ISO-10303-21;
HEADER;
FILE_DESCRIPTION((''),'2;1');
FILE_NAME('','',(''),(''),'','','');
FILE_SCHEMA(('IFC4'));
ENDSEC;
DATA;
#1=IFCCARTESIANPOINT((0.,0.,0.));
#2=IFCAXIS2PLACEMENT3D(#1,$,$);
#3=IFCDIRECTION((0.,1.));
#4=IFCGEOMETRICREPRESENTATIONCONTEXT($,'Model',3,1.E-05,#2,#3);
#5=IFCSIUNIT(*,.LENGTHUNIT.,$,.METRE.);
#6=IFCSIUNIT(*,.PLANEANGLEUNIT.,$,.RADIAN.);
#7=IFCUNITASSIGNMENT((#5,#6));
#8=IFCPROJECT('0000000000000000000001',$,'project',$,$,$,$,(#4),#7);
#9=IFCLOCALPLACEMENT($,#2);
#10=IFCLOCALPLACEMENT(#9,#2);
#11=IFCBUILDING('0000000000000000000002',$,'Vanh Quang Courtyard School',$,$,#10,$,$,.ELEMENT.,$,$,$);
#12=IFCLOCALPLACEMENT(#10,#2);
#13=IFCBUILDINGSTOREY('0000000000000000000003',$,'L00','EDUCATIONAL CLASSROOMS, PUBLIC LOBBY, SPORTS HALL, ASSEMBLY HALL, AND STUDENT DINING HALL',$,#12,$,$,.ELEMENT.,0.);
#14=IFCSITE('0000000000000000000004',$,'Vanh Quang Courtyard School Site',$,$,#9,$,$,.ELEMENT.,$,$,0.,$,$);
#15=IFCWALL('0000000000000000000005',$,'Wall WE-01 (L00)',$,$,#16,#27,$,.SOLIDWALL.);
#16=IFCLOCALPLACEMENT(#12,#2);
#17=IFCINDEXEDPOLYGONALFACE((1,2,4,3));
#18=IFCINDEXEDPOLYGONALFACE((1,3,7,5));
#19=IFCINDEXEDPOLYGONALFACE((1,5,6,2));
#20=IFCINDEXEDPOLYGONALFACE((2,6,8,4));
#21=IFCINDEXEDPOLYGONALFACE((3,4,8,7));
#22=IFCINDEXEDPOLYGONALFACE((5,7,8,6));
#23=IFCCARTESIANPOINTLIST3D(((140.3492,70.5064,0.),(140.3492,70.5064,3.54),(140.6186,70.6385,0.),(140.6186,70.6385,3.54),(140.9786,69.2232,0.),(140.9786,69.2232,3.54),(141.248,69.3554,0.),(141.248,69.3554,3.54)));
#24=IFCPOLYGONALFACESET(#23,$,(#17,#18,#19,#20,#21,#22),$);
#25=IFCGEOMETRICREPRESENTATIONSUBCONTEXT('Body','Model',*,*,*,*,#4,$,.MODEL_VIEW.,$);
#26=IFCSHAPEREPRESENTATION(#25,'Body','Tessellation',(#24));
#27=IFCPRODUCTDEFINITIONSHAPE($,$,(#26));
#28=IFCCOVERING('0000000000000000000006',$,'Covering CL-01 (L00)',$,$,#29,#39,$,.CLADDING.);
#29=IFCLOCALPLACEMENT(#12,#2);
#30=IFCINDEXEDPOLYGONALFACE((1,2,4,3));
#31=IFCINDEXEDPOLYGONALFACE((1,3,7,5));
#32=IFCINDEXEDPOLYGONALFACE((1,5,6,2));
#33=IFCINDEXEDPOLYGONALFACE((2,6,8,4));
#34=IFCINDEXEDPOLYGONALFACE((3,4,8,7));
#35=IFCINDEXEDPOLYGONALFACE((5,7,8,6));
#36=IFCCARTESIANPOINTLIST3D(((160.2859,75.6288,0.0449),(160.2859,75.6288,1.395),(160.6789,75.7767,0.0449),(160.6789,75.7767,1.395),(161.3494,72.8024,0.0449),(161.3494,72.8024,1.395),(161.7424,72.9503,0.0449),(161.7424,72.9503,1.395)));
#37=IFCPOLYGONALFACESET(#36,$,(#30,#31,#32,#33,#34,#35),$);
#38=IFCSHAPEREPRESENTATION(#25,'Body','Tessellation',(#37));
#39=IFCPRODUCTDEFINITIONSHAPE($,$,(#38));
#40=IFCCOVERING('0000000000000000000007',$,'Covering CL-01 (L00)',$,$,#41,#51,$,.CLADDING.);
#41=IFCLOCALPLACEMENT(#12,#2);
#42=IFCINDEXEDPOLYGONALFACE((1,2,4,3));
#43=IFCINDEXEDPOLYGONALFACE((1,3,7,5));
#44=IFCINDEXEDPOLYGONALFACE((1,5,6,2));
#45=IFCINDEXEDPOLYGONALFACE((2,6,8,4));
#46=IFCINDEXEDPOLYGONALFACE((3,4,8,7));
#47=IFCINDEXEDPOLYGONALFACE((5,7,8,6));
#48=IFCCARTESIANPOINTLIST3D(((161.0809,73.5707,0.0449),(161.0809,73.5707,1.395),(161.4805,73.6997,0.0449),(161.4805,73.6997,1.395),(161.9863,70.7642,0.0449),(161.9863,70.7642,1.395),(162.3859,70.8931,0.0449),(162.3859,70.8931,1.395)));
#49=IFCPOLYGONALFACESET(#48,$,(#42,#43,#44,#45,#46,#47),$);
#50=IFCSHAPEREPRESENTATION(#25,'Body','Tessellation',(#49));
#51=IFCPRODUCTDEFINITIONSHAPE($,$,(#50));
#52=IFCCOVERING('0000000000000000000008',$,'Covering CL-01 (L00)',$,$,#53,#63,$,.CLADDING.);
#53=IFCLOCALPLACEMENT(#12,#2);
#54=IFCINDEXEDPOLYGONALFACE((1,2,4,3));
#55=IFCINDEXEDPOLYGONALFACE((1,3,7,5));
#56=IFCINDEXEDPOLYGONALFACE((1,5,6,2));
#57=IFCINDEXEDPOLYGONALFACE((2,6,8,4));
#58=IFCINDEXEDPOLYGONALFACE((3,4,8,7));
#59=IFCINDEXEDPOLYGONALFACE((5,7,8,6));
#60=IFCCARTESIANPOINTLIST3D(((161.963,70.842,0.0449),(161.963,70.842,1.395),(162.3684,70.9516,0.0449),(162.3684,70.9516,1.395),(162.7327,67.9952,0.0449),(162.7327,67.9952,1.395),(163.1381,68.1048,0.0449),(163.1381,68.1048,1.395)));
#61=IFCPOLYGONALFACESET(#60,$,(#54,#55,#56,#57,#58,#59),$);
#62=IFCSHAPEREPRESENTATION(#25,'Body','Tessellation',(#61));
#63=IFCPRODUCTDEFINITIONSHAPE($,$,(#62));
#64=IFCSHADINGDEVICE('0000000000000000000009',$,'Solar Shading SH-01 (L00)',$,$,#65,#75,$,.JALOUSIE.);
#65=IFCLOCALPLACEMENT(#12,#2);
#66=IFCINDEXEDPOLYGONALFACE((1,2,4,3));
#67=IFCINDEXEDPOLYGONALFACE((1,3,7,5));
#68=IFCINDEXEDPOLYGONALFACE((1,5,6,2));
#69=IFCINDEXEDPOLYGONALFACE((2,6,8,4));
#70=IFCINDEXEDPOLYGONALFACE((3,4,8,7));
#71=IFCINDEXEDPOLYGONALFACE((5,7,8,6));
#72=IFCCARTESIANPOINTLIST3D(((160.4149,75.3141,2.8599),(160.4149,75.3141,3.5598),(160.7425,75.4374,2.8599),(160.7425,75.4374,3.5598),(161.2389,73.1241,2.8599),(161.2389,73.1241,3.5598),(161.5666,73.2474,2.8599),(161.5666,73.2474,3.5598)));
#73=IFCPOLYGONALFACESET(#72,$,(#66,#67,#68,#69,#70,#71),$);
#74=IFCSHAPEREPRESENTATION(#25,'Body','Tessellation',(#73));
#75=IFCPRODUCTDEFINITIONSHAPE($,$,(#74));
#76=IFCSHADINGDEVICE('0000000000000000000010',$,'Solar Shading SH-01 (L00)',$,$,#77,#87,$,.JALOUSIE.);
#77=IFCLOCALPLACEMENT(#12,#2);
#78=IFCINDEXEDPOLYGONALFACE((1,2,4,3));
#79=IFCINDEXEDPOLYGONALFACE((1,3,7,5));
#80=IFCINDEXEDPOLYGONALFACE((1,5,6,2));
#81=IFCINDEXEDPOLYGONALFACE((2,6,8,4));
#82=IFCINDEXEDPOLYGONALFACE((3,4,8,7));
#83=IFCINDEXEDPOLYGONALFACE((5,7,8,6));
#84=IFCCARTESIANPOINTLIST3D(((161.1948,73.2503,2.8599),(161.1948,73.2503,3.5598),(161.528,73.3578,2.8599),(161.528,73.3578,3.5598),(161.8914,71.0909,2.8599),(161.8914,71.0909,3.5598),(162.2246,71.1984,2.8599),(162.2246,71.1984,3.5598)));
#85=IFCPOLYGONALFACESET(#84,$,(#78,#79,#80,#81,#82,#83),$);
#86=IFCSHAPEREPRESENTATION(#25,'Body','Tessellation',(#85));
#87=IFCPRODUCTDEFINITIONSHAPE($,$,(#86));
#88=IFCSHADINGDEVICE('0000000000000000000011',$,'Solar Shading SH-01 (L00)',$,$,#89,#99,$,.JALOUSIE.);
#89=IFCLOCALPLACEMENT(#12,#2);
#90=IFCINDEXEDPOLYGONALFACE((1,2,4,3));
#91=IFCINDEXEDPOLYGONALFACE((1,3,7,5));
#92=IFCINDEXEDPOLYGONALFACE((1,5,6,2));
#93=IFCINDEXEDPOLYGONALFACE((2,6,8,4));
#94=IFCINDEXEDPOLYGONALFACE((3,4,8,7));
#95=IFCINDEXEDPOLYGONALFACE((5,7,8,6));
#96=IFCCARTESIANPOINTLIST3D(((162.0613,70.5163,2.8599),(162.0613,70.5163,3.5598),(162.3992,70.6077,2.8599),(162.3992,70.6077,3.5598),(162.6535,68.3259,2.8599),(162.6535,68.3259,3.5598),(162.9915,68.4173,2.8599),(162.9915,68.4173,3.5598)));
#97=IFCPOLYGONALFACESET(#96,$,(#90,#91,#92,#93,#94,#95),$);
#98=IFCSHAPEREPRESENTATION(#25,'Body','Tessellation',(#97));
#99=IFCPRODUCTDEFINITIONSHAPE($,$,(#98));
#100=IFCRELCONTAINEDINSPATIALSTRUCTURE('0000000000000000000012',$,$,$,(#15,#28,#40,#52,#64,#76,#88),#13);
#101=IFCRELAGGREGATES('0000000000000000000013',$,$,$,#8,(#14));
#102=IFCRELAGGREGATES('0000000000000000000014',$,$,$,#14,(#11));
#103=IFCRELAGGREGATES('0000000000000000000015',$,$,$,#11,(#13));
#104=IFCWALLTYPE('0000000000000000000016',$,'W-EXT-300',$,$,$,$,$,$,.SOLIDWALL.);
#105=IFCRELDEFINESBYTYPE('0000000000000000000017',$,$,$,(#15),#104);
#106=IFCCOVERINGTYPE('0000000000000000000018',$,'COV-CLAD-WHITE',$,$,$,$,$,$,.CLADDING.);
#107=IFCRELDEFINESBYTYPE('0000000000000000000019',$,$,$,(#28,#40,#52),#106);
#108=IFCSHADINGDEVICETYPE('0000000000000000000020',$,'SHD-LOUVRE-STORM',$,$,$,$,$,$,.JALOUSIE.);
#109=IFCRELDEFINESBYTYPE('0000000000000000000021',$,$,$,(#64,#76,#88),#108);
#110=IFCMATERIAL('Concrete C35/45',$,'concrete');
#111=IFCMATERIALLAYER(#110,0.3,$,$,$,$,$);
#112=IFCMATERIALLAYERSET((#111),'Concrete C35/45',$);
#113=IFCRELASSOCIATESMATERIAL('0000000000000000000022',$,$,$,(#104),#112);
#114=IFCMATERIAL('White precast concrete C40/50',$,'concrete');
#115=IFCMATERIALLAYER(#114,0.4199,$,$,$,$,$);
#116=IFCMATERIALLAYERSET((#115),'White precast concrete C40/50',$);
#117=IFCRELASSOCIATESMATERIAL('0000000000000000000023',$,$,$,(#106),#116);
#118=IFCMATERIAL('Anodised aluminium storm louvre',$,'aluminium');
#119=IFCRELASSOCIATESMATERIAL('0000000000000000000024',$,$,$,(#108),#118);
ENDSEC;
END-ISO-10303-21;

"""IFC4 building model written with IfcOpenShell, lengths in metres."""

from ifc_helpers import new_model, si_unit, direction, frame, frame_2d, origin, origin_2d, place, context, subcontext, project, spatial, rectangle, extrude, material, layer, layer_set, type_object, element, save


model = new_model("IFC4")

# Units and contexts
model_context = context("Model", 3, precision=1e-05, world=origin(), true_north=direction((0.0, 1.0)))
body_context = subcontext(model_context, "Body", "Model", "MODEL_VIEW")
ifc_project = project(units=[si_unit("LENGTHUNIT", "METRE"), si_unit("PLANEANGLEUNIT", "RADIAN")], contexts=[model_context])

# Site, building, storey
site_placement = place(None, origin())
site = spatial("IfcSite", under=ifc_project, at=site_placement, Name="Vanh Quang Courtyard School Site", CompositionType="ELEMENT", RefElevation=0.0)
building_placement = place(site_placement, origin())
building = spatial("IfcBuilding", under=site, at=building_placement, Name="Vanh Quang Courtyard School", CompositionType="ELEMENT")
storey_placement = place(building_placement, origin())
storey = spatial("IfcBuildingStorey", under=building, at=storey_placement, Name="L00", Description="EDUCATIONAL CLASSROOMS, PUBLIC LOBBY, SPORTS HALL, ASSEMBLY HALL, AND STUDENT DINING HALL", CompositionType="ELEMENT", Elevation=0.0)

# Shared definitions
ifc_material_1 = material(Name="Concrete C35/45", Category="concrete")

# Wall
ifc_layer_1 = layer(ifc_material_1, 0.3)
ifc_layer_set_1 = layer_set([ifc_layer_1], Name="Concrete C35/45")
wall_type_1 = type_object("IfcWallType", Name="W-EXT-300", PredefinedType="SOLIDWALL", material=ifc_layer_set_1)
wall_1_placement = place(storey_placement, frame((141.1133, 69.2893, 0.0), z_axis=(0.0, 0.0, 1.0), x_axis=(-0.440368, 0.897817, 0.0)))
element("IfcWall", 1, at=wall_1_placement, inside=storey, type_object=wall_type_1, Name="Wall WE-01 (L00)", PredefinedType="SOLIDWALL", context=body_context, shape_type="SweptSolid", body=[
    extrude(rectangle(XDim=1.4292, YDim=0.3, at=frame_2d((0.7146, 0.0))), origin(), (0.0, 0.0, 1.0), 3.54),
])

# Coverings
ifc_material_2 = material(Name="White precast concrete C40/50", Category="concrete")
ifc_layer_2 = layer(ifc_material_2, 0.4199)
ifc_layer_set_2 = layer_set([ifc_layer_2], Name="White precast concrete C40/50")
covering_type = type_object("IfcCoveringType", Name="COV-CLAD-WHITE", PredefinedType="CLADDING", material=ifc_layer_set_2)
covering_placement = place(storey_placement, frame((161.0142, 74.2896, 0.0449), z_axis=(0.0, 0.0, 1.0), x_axis=(0.352168, -0.935937, 0.0)))
element("IfcCovering", 2, at=covering_placement, inside=storey, type_object=covering_type, Name="Covering CL-01 (L00)", PredefinedType="CLADDING", context=body_context, shape_type="SweptSolid", body=[
    extrude(rectangle(XDim=3.0198, YDim=0.4199, at=origin_2d()), origin(), (0.0, 0.0, 1.0), 1.3501),
])
for number, where, z_axis, x_axis, name in (
    (3, (161.7334, 72.2319, 0.0449), (0.0, 0.0, 1.0), (0.307024, -0.951702, 0.0), "Covering CL-01 (L00)"),
    (4, (162.5505, 69.4734, 0.0449), (0.0, 0.0, 1.0), (0.26101, -0.965336, 0.0), "Covering CL-01 (L00)"),
):
    element("IfcCovering", number, at=place(storey_placement, frame(where, z_axis=z_axis, x_axis=x_axis)), inside=storey, type_object=covering_type, Name=name, PredefinedType="CLADDING", context=body_context, shape_type="SweptSolid", body=[
        extrude(rectangle(XDim=2.949, YDim=0.4199, at=origin_2d()), origin(), (0.0, 0.0, 1.0), 1.3501),
    ])

# Shading devices
ifc_material_3 = material(Name="Anodised aluminium storm louvre", Category="aluminium")
shading_device_type = type_object("IfcShadingDeviceType", Name="SHD-LOUVRE-STORM", PredefinedType="JALOUSIE", material=ifc_material_3)
shading_device_placement = place(storey_placement, frame((160.9907, 74.2808, 2.8599), z_axis=(0.0, 0.0, 1.0), x_axis=(0.352168, -0.935937, 0.0)))
element("IfcShadingDevice", 5, at=shading_device_placement, inside=storey, type_object=shading_device_type, Name="Solar Shading SH-01 (L00)", PredefinedType="JALOUSIE", context=body_context, shape_type="SweptSolid", body=[
    extrude(rectangle(XDim=2.3398, YDim=0.3501, at=origin_2d()), origin(), (0.0, 0.0, 1.0), 0.7),
])
for number, where, z_axis, x_axis, name in (
    (6, (161.7097, 72.2244, 2.8599), (0.0, 0.0, 1.0), (0.307024, -0.951702, 0.0), "Solar Shading SH-01 (L00)"),
    (7, (162.5264, 69.4668, 2.8599), (0.0, 0.0, 1.0), (0.26101, -0.965336, 0.0), "Solar Shading SH-01 (L00)"),
):
    element("IfcShadingDevice", number, at=place(storey_placement, frame(where, z_axis=z_axis, x_axis=x_axis)), inside=storey, type_object=shading_device_type, Name=name, PredefinedType="JALOUSIE", context=body_context, shape_type="SweptSolid", body=[
        extrude(rectangle(XDim=2.269, YDim=0.3501, at=origin_2d()), origin(), (0.0, 0.0, 1.0), 0.7),
    ])

save(model, "model.ifc")
